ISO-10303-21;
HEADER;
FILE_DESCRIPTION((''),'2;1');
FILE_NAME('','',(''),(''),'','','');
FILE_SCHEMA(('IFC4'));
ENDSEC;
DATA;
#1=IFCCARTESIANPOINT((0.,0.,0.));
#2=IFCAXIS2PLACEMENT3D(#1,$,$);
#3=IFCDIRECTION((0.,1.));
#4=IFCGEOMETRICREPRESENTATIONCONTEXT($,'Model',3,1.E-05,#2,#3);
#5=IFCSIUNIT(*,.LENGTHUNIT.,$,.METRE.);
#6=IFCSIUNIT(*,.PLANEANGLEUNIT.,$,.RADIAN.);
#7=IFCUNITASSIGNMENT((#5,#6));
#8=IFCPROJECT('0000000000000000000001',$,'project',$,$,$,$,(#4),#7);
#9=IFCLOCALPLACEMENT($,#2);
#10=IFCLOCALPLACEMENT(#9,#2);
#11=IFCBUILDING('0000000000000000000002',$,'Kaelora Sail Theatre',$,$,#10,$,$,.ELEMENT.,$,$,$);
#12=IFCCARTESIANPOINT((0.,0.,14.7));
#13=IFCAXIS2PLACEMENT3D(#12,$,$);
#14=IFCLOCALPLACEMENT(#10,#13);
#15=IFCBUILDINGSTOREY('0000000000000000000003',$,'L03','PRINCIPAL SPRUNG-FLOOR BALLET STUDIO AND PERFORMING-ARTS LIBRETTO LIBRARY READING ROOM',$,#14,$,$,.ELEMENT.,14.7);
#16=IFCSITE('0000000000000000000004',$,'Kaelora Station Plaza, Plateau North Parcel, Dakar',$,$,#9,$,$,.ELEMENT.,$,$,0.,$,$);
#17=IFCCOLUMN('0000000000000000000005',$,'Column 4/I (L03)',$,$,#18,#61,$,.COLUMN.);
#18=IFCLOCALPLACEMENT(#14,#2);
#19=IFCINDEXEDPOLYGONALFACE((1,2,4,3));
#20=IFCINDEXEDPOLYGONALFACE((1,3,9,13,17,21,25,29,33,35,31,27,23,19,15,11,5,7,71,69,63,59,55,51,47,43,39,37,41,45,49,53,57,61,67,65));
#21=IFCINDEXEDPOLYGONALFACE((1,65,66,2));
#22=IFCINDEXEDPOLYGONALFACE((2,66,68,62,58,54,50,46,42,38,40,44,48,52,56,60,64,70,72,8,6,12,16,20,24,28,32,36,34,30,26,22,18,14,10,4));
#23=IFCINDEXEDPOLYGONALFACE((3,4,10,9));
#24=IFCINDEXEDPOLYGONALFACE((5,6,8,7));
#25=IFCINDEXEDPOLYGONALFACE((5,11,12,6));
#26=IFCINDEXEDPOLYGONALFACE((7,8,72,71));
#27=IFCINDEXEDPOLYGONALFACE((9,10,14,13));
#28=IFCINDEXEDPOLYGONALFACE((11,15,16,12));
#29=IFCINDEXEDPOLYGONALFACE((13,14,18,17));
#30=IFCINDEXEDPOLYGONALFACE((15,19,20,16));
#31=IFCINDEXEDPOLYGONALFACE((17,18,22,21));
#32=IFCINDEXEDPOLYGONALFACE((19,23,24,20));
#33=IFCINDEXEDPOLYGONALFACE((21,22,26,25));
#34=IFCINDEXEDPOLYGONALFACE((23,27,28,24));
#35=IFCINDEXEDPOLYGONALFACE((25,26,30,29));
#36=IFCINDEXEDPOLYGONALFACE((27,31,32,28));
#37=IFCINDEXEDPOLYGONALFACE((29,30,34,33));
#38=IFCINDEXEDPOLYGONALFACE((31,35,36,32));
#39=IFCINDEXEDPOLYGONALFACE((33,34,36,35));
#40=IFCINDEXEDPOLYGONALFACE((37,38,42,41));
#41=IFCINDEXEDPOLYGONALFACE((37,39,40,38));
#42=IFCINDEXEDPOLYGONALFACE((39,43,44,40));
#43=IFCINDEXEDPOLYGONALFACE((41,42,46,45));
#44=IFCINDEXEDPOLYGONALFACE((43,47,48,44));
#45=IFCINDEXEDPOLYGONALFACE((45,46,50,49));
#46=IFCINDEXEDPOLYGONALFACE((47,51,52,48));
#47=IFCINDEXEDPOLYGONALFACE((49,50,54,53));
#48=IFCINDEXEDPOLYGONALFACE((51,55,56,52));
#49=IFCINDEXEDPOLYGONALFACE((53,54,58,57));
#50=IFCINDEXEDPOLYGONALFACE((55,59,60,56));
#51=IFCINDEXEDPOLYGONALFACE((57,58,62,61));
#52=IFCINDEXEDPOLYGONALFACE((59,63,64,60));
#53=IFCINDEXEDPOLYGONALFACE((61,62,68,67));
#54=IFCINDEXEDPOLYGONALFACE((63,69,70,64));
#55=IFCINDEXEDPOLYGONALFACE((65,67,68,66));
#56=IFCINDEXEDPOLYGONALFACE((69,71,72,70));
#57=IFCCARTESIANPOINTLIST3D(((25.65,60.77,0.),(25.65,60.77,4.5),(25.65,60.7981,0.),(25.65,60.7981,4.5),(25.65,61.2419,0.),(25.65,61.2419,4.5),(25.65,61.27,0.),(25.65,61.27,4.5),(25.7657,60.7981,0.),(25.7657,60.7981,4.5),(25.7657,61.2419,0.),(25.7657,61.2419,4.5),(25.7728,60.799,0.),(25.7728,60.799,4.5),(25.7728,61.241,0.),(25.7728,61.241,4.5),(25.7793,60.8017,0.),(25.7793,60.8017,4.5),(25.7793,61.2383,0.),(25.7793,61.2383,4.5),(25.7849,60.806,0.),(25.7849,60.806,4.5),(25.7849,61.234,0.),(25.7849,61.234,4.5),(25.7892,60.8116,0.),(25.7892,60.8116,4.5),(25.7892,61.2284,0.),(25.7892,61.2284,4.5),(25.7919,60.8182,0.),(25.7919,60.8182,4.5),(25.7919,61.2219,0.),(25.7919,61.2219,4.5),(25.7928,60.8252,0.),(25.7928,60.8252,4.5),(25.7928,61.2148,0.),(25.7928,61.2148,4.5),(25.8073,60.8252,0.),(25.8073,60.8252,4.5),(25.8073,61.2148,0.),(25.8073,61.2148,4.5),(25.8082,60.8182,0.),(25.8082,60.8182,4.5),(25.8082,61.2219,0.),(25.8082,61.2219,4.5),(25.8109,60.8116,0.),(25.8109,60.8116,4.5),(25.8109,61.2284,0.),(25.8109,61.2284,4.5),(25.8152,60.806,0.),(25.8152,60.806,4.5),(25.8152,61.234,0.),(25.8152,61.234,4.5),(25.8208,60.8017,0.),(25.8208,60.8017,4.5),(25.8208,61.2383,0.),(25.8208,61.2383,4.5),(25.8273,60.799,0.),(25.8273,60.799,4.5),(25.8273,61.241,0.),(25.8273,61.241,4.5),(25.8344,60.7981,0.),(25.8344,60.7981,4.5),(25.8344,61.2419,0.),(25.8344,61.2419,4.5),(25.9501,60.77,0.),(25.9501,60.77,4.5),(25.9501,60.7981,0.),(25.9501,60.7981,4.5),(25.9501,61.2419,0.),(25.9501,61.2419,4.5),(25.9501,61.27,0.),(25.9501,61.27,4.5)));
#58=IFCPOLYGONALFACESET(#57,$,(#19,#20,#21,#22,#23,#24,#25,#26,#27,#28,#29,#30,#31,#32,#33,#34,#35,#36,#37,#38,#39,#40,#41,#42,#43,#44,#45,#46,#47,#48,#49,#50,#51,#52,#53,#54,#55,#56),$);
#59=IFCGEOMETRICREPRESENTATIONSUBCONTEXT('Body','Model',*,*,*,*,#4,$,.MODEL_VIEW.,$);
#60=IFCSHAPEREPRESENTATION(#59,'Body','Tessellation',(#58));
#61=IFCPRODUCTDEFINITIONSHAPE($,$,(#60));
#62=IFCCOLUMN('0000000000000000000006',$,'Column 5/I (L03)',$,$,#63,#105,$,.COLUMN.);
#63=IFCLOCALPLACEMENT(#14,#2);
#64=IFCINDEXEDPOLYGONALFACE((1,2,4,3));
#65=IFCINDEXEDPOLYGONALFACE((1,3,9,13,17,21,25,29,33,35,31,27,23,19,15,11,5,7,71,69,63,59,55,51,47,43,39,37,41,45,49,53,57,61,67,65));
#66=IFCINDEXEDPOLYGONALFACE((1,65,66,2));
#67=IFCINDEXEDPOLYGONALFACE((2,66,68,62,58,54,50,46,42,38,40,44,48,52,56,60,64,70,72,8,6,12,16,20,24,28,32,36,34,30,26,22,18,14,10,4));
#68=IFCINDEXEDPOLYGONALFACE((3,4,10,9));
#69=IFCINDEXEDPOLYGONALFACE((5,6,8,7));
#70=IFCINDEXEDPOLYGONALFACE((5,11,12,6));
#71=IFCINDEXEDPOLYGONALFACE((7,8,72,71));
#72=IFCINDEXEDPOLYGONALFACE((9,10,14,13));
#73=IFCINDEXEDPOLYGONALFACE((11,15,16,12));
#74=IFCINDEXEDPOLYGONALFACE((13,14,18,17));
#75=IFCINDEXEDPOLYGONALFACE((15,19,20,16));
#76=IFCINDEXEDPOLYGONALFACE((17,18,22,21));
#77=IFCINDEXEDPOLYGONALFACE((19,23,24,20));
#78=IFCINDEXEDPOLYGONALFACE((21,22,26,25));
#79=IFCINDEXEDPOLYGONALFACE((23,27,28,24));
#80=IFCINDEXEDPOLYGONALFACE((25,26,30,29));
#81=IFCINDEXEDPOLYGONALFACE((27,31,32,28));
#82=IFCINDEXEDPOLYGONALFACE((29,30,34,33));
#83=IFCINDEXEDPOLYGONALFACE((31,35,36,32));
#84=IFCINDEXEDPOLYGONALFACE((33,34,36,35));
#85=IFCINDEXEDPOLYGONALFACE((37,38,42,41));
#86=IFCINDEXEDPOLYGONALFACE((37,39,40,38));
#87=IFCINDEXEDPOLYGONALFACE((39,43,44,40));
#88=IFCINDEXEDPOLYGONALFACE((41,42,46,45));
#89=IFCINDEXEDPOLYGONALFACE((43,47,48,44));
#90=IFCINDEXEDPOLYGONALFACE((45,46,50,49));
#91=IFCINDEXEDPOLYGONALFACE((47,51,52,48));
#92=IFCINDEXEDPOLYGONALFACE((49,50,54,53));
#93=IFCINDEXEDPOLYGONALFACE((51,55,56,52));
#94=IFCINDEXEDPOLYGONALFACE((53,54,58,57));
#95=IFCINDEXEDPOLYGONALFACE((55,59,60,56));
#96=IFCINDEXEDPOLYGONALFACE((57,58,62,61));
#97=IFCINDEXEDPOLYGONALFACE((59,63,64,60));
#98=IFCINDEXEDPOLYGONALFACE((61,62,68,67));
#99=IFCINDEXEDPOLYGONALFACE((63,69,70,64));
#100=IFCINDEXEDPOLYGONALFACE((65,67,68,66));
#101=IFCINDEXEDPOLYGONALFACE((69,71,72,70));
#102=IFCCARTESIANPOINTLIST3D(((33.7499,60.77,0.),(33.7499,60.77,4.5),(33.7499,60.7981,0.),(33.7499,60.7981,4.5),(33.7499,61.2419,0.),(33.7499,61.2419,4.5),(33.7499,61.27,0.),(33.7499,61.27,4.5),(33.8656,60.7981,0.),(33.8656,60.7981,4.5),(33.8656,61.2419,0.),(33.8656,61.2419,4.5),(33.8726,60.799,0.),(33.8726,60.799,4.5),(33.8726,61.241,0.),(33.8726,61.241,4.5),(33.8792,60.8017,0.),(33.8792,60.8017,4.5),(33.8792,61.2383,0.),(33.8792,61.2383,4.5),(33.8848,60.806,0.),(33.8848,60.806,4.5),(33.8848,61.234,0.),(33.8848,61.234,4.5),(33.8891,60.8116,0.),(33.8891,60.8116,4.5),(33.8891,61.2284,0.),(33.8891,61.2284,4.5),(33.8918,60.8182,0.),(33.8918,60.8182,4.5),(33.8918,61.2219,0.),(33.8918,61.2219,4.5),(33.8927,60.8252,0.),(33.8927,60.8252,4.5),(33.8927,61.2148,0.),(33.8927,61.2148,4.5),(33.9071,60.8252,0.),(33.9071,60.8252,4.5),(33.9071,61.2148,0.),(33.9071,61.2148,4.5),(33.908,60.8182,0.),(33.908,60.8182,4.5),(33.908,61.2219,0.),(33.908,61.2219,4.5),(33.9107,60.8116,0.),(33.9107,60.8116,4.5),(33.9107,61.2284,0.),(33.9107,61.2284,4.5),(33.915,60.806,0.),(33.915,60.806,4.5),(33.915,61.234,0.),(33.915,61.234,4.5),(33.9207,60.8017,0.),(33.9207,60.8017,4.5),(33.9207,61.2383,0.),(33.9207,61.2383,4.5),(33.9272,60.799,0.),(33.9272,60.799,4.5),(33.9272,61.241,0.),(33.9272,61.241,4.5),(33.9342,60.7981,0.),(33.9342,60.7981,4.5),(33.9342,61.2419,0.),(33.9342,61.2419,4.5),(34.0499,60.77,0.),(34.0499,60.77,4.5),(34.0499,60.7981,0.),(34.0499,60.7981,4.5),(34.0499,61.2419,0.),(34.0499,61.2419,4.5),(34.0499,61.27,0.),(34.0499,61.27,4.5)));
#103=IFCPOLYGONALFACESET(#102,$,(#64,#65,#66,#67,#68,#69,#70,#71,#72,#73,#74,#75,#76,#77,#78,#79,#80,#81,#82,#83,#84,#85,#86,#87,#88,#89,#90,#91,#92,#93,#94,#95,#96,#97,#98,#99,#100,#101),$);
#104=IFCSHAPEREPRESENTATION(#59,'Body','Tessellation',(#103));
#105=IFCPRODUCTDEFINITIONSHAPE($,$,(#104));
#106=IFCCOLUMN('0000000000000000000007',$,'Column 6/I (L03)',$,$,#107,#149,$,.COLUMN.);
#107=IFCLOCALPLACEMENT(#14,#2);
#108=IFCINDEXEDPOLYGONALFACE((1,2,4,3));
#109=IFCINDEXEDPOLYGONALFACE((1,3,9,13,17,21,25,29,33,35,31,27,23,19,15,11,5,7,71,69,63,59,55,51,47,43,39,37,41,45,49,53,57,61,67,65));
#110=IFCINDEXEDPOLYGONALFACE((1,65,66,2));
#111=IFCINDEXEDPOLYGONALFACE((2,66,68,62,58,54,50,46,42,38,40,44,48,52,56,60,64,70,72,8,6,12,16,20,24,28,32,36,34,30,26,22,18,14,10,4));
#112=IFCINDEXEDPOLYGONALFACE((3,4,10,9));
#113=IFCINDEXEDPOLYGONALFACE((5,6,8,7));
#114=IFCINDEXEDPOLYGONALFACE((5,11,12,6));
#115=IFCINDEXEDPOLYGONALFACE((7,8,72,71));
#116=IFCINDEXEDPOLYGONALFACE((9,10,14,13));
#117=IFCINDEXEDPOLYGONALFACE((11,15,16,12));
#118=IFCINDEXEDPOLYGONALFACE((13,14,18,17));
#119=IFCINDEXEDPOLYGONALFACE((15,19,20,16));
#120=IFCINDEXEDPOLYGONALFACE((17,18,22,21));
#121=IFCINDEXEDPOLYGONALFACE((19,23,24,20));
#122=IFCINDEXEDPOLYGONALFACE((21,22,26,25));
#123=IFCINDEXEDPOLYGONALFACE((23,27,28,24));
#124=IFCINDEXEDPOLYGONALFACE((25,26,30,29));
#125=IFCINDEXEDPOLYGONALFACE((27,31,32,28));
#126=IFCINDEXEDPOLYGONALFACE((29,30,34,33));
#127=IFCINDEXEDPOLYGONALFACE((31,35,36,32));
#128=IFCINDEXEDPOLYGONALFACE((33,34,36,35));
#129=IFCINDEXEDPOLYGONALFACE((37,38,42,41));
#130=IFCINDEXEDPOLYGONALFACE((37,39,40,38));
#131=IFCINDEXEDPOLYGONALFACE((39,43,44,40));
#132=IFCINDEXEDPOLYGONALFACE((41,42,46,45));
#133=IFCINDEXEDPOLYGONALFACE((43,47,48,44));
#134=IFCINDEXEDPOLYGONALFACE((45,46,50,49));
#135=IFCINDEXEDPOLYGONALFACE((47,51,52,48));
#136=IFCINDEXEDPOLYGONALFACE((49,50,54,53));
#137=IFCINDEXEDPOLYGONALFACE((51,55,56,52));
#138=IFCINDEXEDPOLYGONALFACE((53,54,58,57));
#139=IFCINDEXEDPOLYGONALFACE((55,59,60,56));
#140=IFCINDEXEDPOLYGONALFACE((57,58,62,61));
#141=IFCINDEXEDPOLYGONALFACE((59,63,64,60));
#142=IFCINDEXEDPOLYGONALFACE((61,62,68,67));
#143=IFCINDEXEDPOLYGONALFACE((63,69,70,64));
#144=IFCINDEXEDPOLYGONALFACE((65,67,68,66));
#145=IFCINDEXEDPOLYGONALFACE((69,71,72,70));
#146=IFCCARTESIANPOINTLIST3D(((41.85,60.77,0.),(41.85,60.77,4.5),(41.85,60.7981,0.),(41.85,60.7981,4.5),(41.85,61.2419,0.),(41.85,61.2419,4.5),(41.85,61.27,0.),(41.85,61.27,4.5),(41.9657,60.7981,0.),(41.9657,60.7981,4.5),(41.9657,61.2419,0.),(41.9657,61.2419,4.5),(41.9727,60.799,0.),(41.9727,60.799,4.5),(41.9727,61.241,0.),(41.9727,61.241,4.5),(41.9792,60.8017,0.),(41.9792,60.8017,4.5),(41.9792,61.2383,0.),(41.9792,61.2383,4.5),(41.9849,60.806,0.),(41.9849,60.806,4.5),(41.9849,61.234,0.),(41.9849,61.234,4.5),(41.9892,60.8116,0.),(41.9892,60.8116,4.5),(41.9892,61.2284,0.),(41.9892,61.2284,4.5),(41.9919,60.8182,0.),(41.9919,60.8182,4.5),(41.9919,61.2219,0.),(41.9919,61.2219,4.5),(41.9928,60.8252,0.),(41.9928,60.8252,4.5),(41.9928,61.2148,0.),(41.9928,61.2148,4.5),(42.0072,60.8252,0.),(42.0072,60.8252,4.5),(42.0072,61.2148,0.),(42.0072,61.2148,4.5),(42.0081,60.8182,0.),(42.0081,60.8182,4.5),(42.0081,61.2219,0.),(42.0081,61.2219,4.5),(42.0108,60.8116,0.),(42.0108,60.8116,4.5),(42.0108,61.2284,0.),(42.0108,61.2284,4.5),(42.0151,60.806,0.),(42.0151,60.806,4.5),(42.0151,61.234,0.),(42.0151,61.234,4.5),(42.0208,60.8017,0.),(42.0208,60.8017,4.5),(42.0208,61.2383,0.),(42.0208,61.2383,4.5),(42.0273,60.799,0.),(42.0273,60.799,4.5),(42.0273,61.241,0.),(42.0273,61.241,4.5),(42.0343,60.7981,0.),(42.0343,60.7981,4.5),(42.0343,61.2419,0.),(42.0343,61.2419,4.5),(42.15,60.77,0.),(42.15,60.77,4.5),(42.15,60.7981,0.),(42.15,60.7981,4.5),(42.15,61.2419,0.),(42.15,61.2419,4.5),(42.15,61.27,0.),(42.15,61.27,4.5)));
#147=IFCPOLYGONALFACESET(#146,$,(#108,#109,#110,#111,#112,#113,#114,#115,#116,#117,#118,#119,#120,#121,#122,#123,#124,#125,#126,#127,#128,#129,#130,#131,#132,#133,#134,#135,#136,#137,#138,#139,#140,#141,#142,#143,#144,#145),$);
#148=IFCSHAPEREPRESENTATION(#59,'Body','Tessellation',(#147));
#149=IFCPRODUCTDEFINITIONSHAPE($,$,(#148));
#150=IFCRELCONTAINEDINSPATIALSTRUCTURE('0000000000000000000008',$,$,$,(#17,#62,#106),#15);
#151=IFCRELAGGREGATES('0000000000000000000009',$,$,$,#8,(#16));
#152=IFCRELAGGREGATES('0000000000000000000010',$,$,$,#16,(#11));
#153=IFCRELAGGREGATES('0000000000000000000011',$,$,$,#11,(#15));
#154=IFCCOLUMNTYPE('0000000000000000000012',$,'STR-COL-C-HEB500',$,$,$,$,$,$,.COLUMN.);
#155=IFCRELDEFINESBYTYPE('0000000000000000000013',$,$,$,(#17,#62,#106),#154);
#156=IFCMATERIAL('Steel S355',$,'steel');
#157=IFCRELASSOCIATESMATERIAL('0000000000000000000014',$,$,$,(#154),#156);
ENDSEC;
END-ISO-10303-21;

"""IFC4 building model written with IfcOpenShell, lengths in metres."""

from ifc_helpers import new_model, si_unit, direction, frame, origin, origin_2d, place, context, subcontext, project, spatial, i_section, extrude, material, material_profile, profile_set, type_object, element, save


model = new_model("IFC4")

# Units and contexts
model_context = context("Model", 3, precision=1e-05, world=origin(), true_north=direction((0.0, 1.0)))
body_context = subcontext(model_context, "Body", "Model", "MODEL_VIEW")
ifc_project = project(units=[si_unit("LENGTHUNIT", "METRE"), si_unit("PLANEANGLEUNIT", "RADIAN")], contexts=[model_context])

# Site, building, storey
site_placement = place(None, origin())
site = spatial("IfcSite", under=ifc_project, at=site_placement, Name="Kaelora Station Plaza, Plateau North Parcel, Dakar", CompositionType="ELEMENT", RefElevation=0.0)
building_placement = place(site_placement, origin())
building = spatial("IfcBuilding", under=site, at=building_placement, Name="Kaelora Sail Theatre", CompositionType="ELEMENT")
storey_placement = place(building_placement, frame((0.0, 0.0, 14.7)))
storey = spatial("IfcBuildingStorey", under=building, at=storey_placement, Name="L03", Description="PRINCIPAL SPRUNG-FLOOR BALLET STUDIO AND PERFORMING-ARTS LIBRETTO LIBRARY READING ROOM", CompositionType="ELEMENT", Elevation=14.7)

# Columns
ifc_material_1 = material(Name="Steel S355", Category="steel")
ifc_material_profile_1 = material_profile(ifc_material_1, i_section(OverallWidth=0.3, OverallDepth=0.5, WebThickness=0.0144, FlangeThickness=0.0281, FilletRadius=0.0271, at=origin_2d()), Name="HEB 500")
ifc_profile_set_1 = profile_set([ifc_material_profile_1], Name="Steel S355")
column_type = type_object("IfcColumnType", Name="STR-COL-C-HEB500", PredefinedType="COLUMN", material=ifc_profile_set_1)
for number, where, z_axis, x_axis, name in (
    (1, (25.8, 61.02, 0.0), (0.0, 0.0, 1.0), (1.0, 0.0, 0.0), "Column 4/I (L03)"),
    (2, (33.8999, 61.02, 0.0), (0.0, 0.0, 1.0), (1.0, 0.0, 0.0), "Column 5/I (L03)"),
    (3, (42.0, 61.02, 0.0), (0.0, 0.0, 1.0), (1.0, 0.0, 0.0), "Column 6/I (L03)"),
):
    element("IfcColumn", number, at=place(storey_placement, frame(where, z_axis=z_axis, x_axis=x_axis)), inside=storey, type_object=column_type, Name=name, PredefinedType="COLUMN", context=body_context, shape_type="SweptSolid", body=[
        extrude(i_section(OverallWidth=0.3, OverallDepth=0.5, WebThickness=0.0144, FlangeThickness=0.0281, FilletRadius=0.0271, at=origin_2d()), origin(), (0.0, 0.0, 1.0), 4.5),
    ])

save(model, "model.ifc")
